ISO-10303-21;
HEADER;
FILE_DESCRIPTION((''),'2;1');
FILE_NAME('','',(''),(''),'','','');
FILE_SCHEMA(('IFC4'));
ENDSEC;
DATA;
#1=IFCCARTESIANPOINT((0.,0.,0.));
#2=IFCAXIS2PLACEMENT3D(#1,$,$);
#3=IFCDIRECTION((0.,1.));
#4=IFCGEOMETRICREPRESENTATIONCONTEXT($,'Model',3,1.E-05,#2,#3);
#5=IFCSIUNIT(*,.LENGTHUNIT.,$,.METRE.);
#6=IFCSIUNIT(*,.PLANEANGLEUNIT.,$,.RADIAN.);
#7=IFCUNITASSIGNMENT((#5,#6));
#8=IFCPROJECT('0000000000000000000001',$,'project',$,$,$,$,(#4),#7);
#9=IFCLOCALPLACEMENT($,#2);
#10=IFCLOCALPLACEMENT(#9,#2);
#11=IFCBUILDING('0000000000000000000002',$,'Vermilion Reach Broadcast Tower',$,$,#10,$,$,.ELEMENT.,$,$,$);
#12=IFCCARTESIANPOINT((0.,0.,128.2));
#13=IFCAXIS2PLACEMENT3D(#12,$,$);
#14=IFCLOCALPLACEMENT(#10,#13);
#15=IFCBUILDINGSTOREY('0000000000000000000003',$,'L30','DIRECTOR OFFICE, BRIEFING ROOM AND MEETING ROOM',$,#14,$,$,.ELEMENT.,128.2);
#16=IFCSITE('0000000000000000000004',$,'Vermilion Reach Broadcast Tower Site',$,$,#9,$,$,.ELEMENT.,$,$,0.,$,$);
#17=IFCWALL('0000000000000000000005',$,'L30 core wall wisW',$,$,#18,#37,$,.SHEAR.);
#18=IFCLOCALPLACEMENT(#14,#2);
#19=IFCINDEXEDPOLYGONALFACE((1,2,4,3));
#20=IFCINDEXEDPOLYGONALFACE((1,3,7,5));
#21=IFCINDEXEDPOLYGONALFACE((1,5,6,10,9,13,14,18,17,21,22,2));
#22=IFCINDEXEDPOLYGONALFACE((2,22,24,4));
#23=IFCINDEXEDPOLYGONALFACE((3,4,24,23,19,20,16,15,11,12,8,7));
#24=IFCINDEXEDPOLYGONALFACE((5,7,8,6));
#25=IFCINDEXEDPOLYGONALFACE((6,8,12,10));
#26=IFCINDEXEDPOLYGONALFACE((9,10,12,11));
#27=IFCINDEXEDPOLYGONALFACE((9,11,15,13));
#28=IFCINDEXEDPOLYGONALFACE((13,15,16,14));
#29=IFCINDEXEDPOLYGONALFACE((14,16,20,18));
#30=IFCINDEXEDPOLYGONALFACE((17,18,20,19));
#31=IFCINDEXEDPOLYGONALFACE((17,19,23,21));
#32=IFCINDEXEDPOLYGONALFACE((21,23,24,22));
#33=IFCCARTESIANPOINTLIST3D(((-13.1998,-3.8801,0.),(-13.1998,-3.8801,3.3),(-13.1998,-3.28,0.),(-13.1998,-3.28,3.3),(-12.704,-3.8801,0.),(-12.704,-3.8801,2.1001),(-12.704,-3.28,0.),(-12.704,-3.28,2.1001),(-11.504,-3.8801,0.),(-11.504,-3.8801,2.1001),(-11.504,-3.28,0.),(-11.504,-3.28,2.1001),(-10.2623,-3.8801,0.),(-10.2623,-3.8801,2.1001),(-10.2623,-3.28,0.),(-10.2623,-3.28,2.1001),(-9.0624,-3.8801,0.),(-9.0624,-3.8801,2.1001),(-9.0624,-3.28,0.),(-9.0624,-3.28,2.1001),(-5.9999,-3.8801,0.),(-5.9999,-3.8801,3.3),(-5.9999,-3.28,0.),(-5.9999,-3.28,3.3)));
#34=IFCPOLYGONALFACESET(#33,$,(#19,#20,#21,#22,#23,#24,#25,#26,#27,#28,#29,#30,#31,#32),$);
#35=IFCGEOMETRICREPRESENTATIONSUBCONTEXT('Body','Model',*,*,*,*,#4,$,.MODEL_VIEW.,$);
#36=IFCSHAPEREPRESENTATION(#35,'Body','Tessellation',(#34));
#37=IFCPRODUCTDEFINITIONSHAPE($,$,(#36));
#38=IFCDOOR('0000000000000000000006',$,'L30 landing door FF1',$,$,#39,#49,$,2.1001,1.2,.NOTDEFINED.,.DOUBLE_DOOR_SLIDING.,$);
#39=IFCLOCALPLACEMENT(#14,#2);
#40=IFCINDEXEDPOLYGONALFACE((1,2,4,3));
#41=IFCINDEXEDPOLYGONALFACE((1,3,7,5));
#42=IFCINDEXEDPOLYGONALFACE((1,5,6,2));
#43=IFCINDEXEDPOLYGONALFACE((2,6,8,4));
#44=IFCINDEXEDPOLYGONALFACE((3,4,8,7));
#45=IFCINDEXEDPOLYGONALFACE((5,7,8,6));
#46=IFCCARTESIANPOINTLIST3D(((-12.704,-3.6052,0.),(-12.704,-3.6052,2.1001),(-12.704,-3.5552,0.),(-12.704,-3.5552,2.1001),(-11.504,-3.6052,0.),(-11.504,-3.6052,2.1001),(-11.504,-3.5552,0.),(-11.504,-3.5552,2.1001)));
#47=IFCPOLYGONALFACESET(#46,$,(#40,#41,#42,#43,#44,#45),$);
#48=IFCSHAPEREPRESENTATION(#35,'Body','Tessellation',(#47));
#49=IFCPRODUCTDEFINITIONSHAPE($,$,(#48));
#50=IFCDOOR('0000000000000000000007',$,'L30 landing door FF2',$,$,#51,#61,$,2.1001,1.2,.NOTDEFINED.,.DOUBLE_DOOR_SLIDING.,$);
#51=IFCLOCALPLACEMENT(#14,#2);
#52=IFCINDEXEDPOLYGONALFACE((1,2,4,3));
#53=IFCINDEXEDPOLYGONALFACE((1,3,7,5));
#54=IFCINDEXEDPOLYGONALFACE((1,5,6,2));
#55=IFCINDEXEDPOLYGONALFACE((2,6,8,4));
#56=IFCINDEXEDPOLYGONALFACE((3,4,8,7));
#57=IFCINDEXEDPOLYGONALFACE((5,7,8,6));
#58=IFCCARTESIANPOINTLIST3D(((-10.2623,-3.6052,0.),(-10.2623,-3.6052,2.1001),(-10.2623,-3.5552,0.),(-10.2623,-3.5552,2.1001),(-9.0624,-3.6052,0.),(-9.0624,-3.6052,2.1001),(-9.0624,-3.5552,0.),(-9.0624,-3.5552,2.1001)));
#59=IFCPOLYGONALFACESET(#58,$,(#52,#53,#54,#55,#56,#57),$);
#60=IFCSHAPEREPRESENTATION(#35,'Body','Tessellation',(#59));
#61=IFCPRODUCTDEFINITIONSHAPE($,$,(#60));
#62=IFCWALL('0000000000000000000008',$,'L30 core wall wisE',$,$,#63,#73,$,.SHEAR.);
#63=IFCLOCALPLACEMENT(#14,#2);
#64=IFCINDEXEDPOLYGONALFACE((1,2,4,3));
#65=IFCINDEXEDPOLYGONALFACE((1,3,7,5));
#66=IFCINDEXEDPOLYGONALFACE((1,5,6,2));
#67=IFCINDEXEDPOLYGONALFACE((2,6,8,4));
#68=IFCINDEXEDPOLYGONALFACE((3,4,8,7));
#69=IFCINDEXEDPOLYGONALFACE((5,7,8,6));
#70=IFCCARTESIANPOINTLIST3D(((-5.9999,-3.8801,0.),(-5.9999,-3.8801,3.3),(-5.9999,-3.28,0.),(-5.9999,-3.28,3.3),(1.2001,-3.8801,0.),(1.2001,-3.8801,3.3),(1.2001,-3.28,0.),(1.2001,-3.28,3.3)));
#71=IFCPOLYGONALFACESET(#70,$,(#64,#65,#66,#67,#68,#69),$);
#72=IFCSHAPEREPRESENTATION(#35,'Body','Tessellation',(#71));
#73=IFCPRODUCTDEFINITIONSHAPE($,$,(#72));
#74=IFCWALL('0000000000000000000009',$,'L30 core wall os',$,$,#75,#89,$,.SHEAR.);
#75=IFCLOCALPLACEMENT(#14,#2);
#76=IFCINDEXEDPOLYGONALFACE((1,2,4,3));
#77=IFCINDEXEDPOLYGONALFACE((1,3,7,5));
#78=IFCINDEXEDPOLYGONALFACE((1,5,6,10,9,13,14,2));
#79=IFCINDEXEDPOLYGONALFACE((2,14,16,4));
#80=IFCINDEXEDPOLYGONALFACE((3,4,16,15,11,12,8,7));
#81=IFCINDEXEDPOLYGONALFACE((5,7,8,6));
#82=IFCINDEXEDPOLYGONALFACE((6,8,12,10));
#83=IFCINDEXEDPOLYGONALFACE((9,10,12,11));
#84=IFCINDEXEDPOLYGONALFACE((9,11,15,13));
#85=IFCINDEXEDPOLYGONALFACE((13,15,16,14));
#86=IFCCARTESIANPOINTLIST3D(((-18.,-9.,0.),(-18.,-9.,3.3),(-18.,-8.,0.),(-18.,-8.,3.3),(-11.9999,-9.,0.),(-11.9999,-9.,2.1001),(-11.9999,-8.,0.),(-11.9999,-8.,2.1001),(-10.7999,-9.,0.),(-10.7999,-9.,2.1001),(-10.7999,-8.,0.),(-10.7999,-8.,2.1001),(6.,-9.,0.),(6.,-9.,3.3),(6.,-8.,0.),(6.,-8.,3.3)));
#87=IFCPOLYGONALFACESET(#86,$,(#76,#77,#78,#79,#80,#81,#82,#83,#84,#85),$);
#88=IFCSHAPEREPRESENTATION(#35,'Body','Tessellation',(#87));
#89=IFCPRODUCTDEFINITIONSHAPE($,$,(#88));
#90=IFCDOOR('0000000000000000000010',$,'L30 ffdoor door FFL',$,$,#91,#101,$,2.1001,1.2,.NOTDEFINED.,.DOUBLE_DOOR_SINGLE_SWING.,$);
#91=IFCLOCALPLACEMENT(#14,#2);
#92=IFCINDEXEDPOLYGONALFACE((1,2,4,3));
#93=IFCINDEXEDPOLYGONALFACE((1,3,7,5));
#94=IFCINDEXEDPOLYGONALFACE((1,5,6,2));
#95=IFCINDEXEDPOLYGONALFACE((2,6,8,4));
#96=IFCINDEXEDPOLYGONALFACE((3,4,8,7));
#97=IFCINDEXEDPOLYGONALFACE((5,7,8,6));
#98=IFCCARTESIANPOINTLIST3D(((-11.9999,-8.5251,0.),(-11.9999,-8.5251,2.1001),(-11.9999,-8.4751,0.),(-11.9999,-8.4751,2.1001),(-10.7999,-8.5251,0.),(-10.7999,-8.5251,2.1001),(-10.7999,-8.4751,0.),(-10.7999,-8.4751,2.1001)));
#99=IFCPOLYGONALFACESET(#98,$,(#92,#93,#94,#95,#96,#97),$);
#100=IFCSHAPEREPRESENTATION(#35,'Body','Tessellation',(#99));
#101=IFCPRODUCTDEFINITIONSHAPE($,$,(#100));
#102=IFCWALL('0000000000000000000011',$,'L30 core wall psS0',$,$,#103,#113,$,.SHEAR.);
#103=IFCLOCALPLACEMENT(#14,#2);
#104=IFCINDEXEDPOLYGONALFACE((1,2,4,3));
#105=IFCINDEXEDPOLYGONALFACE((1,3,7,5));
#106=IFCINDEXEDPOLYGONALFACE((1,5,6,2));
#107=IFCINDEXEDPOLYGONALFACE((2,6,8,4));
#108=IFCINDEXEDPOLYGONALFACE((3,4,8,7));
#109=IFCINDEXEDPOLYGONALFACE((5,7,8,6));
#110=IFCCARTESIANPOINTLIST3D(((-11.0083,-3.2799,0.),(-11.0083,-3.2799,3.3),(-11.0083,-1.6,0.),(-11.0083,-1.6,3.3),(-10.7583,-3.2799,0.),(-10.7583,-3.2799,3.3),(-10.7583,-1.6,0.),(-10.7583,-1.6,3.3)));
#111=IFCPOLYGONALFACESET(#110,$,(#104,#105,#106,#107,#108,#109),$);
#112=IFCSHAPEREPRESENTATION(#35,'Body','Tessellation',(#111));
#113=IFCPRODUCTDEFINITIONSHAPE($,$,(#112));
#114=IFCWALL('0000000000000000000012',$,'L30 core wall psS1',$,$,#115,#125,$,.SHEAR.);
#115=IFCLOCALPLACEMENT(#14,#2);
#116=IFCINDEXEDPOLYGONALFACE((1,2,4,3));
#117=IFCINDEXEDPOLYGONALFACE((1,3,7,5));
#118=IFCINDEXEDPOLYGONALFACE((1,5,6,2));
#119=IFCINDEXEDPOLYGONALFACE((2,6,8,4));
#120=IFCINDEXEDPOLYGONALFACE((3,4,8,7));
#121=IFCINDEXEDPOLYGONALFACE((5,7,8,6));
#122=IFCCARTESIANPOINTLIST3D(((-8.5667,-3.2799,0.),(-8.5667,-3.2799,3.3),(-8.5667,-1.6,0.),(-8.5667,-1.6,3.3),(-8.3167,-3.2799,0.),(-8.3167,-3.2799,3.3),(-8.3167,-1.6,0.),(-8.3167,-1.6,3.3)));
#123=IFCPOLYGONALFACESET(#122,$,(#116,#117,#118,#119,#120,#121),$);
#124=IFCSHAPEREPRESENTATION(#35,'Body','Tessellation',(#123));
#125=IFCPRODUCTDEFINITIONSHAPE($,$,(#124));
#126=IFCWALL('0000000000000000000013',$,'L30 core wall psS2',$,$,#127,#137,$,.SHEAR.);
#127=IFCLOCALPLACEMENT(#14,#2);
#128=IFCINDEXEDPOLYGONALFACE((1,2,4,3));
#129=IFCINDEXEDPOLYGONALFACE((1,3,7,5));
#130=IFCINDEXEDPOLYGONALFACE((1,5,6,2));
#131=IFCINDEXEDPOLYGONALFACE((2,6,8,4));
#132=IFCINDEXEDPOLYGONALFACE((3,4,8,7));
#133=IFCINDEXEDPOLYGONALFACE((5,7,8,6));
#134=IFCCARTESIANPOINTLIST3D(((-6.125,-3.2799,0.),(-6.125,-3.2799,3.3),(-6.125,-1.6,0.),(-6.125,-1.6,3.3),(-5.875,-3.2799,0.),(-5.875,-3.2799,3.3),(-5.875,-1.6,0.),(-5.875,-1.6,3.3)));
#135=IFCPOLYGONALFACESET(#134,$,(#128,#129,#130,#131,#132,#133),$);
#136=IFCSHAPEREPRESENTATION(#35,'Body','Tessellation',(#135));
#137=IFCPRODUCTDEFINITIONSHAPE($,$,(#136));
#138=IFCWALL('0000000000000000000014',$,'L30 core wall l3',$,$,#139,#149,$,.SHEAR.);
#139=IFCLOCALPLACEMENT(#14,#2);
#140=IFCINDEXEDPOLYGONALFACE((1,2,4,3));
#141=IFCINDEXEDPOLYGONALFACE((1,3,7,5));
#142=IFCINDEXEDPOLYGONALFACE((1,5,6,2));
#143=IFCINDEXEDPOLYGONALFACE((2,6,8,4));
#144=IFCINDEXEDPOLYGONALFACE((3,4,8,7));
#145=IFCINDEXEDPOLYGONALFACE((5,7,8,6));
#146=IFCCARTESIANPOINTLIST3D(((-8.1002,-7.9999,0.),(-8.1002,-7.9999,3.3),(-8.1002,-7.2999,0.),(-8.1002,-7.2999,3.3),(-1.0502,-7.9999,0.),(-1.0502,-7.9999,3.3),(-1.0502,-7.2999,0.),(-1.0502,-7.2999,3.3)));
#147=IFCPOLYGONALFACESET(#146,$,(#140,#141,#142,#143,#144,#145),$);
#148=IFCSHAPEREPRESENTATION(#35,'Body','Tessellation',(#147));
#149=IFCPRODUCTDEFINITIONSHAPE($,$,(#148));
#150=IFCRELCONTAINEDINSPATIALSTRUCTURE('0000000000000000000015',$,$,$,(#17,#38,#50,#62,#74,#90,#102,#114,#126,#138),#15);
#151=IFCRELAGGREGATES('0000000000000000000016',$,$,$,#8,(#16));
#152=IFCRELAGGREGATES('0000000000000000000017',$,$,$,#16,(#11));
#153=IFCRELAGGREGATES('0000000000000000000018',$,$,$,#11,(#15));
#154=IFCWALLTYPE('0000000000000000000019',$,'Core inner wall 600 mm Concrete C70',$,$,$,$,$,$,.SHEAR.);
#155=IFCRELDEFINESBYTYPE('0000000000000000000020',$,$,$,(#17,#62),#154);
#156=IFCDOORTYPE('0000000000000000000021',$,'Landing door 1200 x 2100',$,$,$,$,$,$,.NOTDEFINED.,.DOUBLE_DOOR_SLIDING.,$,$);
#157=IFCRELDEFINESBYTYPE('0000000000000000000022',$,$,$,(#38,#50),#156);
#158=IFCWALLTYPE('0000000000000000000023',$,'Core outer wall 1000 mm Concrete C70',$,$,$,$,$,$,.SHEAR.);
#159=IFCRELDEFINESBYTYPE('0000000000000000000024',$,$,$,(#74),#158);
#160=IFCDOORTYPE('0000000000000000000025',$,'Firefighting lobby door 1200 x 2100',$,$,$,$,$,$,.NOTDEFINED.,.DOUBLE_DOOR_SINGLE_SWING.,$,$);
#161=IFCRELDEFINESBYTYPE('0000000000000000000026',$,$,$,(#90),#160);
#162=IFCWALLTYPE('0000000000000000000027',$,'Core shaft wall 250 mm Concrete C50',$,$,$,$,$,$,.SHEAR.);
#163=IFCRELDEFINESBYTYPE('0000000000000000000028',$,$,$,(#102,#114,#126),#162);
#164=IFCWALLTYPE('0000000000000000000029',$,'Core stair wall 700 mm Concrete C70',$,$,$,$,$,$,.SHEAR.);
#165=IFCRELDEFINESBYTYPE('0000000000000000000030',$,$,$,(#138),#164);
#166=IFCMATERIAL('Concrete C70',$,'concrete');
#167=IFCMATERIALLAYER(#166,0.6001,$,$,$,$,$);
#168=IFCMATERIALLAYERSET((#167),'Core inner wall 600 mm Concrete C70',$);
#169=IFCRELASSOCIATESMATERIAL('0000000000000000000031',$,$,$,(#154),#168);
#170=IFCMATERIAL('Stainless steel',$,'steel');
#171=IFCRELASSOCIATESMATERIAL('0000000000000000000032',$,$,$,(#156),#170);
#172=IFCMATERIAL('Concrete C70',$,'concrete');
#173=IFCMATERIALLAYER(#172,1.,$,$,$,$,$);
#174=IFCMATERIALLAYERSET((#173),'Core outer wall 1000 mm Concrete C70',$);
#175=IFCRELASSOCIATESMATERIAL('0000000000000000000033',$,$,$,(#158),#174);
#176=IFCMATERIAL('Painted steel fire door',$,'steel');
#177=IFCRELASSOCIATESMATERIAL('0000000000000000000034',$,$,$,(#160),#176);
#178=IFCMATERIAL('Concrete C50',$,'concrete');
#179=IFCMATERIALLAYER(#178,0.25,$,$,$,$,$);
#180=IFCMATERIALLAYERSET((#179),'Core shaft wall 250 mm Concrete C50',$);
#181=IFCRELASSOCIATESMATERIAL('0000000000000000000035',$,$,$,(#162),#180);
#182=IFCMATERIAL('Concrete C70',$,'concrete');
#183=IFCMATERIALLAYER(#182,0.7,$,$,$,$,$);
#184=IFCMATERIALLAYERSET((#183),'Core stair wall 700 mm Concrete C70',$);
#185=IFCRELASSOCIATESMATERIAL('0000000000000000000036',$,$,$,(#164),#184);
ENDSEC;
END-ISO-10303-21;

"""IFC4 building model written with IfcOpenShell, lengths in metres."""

from ifc_helpers import new_model, si_unit, direction, frame, frame_2d, origin, place, context, subcontext, project, spatial, rectangle, extrude, material, layer, layer_set, type_object, element, fill, save


model = new_model("IFC4")

# Units and contexts
model_context = context("Model", 3, precision=1e-05, world=origin(), true_north=direction((0.0, 1.0)))
body_context = subcontext(model_context, "Body", "Model", "MODEL_VIEW")
ifc_project = project(units=[si_unit("LENGTHUNIT", "METRE"), si_unit("PLANEANGLEUNIT", "RADIAN")], contexts=[model_context])

# Site, building, storey
site_placement = place(None, origin())
site = spatial("IfcSite", under=ifc_project, at=site_placement, Name="Vermilion Reach Broadcast Tower Site", CompositionType="ELEMENT", RefElevation=0.0)
building_placement = place(site_placement, origin())
building = spatial("IfcBuilding", under=site, at=building_placement, Name="Vermilion Reach Broadcast Tower", CompositionType="ELEMENT")
storey_placement = place(building_placement, frame((0.0, 0.0, 128.2)))
storey = spatial("IfcBuildingStorey", under=building, at=storey_placement, Name="L30", Description="DIRECTOR OFFICE, BRIEFING ROOM AND MEETING ROOM", CompositionType="ELEMENT", Elevation=128.2)

# Wall, openings, doors
ifc_material_1 = material(Name="Concrete C70", Category="concrete")
ifc_layer_1 = layer(ifc_material_1, 0.6001)
ifc_layer_set_1 = layer_set([ifc_layer_1], Name="Core inner wall 600 mm Concrete C70")
wall_type_1 = type_object("IfcWallType", Name="Core inner wall 600 mm Concrete C70", PredefinedType="SHEAR", material=ifc_layer_set_1)
wall_1_placement = place(storey_placement, frame((-13.2, -3.5801, 0.0), z_axis=(0.0, 0.0, 1.0), x_axis=(1.0, 0.0, 0.0)))
wall_1 = element("IfcWall", 1, at=wall_1_placement, inside=storey, type_object=wall_type_1, Name="L30 core wall wisW", PredefinedType="SHEAR", context=body_context, shape_type="SweptSolid", body=[
    extrude(rectangle(XDim=7.2, YDim=0.6001, at=frame_2d((3.6001, 0.0))), origin(), (0.0, 0.0, 1.0), 3.3),
])
opening_1_placement = place(wall_1_placement, frame((0.4958, 0.0, 0.0)))
opening_1 = element("IfcOpeningElement", 2, at=opening_1_placement, cuts=wall_1, PredefinedType="OPENING", context=body_context, shape_type="SweptSolid", body=[
    extrude(rectangle(XDim=1.2, YDim=2.1001, at=frame_2d((0.6001, 1.05))), frame((0.0, 0.3101, 0.0), z_axis=(0.0, -1.0, 0.0), x_axis=(1.0, 0.0, 0.0)), (0.0, 0.0, 1.0), 0.6201),
])
opening_2_placement = place(wall_1_placement, frame((2.9375, 0.0, 0.0)))
opening_2 = element("IfcOpeningElement", 3, at=opening_2_placement, cuts=wall_1, PredefinedType="OPENING", context=body_context, shape_type="SweptSolid", body=[
    extrude(rectangle(XDim=1.2, YDim=2.1001, at=frame_2d((0.6001, 1.05))), frame((0.0, 0.3101, 0.0), z_axis=(0.0, -1.0, 0.0), x_axis=(1.0, 0.0, 0.0)), (0.0, 0.0, 1.0), 0.6201),
])
ifc_material_2 = material(Name="Stainless steel", Category="steel")
door_type_1 = type_object("IfcDoorType", Name="Landing door 1200 x 2100", OperationType="DOUBLE_DOOR_SLIDING", PredefinedType="NOTDEFINED", material=ifc_material_2)
door_1_placement = place(opening_1_placement, origin())
door_1 = element("IfcDoor", 4, at=door_1_placement, inside=storey, type_object=door_type_1, Name="L30 landing door FF1", OperationType="DOUBLE_DOOR_SLIDING", OverallHeight=2.1001, OverallWidth=1.2, PredefinedType="NOTDEFINED", context=body_context, shape_type="SweptSolid", body=[
    extrude(rectangle(XDim=1.2, YDim=2.1001, at=frame_2d((0.6001, 1.05))), frame((0.0, 0.0249, 0.0), z_axis=(0.0, -1.0, 0.0), x_axis=(1.0, 0.0, 0.0)), (0.0, 0.0, 1.0), 0.05),
])
fill(opening_1, door_1)
door_2_placement = place(opening_2_placement, origin())
door_2 = element("IfcDoor", 5, at=door_2_placement, inside=storey, type_object=door_type_1, Name="L30 landing door FF2", OperationType="DOUBLE_DOOR_SLIDING", OverallHeight=2.1001, OverallWidth=1.2, PredefinedType="NOTDEFINED", context=body_context, shape_type="SweptSolid", body=[
    extrude(rectangle(XDim=1.2, YDim=2.1001, at=frame_2d((0.6001, 1.05))), frame((0.0, 0.0249, 0.0), z_axis=(0.0, -1.0, 0.0), x_axis=(1.0, 0.0, 0.0)), (0.0, 0.0, 1.0), 0.05),
])
fill(opening_2, door_2)

# Wall
wall_2_placement = place(storey_placement, frame((-6.0, -3.5801, 0.0), z_axis=(0.0, 0.0, 1.0), x_axis=(1.0, 0.0, 0.0)))
element("IfcWall", 6, at=wall_2_placement, inside=storey, type_object=wall_type_1, Name="L30 core wall wisE", PredefinedType="SHEAR", context=body_context, shape_type="SweptSolid", body=[
    extrude(rectangle(XDim=7.2, YDim=0.6001, at=frame_2d((3.6001, 0.0))), origin(), (0.0, 0.0, 1.0), 3.3),
])

# Wall, opening, door
ifc_material_3 = material(Name="Concrete C70", Category="concrete")
ifc_layer_2 = layer(ifc_material_3, 1.0)
ifc_layer_set_2 = layer_set([ifc_layer_2], Name="Core outer wall 1000 mm Concrete C70")
wall_type_2 = type_object("IfcWallType", Name="Core outer wall 1000 mm Concrete C70", PredefinedType="SHEAR", material=ifc_layer_set_2)
wall_3_placement = place(storey_placement, frame((-18.0, -8.5, 0.0), z_axis=(0.0, 0.0, 1.0), x_axis=(1.0, 0.0, 0.0)))
wall_3 = element("IfcWall", 7, at=wall_3_placement, inside=storey, type_object=wall_type_2, Name="L30 core wall os", PredefinedType="SHEAR", context=body_context, shape_type="SweptSolid", body=[
    extrude(rectangle(XDim=24.0, YDim=1.0, at=frame_2d((12.0, 0.0))), origin(), (0.0, 0.0, 1.0), 3.3),
])
opening_3_placement = place(wall_3_placement, frame((6.0, 0.0, 0.0)))
opening_3 = element("IfcOpeningElement", 8, at=opening_3_placement, cuts=wall_3, PredefinedType="OPENING", context=body_context, shape_type="SweptSolid", body=[
    extrude(rectangle(XDim=1.2, YDim=2.1001, at=frame_2d((0.6001, 1.05))), frame((0.0, 0.51, 0.0), z_axis=(0.0, -1.0, 0.0), x_axis=(1.0, 0.0, 0.0)), (0.0, 0.0, 1.0), 1.02),
])
ifc_material_4 = material(Name="Painted steel fire door", Category="steel")
door_type_2 = type_object("IfcDoorType", Name="Firefighting lobby door 1200 x 2100", OperationType="DOUBLE_DOOR_SINGLE_SWING", PredefinedType="NOTDEFINED", material=ifc_material_4)
door_3_placement = place(opening_3_placement, origin())
door_3 = element("IfcDoor", 9, at=door_3_placement, inside=storey, type_object=door_type_2, Name="L30 ffdoor door FFL", OperationType="DOUBLE_DOOR_SINGLE_SWING", OverallHeight=2.1001, OverallWidth=1.2, PredefinedType="NOTDEFINED", context=body_context, shape_type="SweptSolid", body=[
    extrude(rectangle(XDim=1.2, YDim=2.1001, at=frame_2d((0.6001, 1.05))), frame((0.0, 0.0249, 0.0), z_axis=(0.0, -1.0, 0.0), x_axis=(1.0, 0.0, 0.0)), (0.0, 0.0, 1.0), 0.05),
])
fill(opening_3, door_3)

# Walls
ifc_material_5 = material(Name="Concrete C50", Category="concrete")
ifc_layer_3 = layer(ifc_material_5, 0.25)
ifc_layer_set_3 = layer_set([ifc_layer_3], Name="Core shaft wall 250 mm Concrete C50")
wall_type_3 = type_object("IfcWallType", Name="Core shaft wall 250 mm Concrete C50", PredefinedType="SHEAR", material=ifc_layer_set_3)
for number, where, z_axis, x_axis, name in (
    (10, (-10.8833, -1.6001, 0.0), (0.0, 0.0, 1.0), (0.0, -1.0, 0.0), "L30 core wall psS0"),
    (11, (-8.4417, -1.6001, 0.0), (0.0, 0.0, 1.0), (0.0, -1.0, 0.0), "L30 core wall psS1"),
    (12, (-6.0, -1.6001, 0.0), (0.0, 0.0, 1.0), (0.0, -1.0, 0.0), "L30 core wall psS2"),
):
    element("IfcWall", number, at=place(storey_placement, frame(where, z_axis=z_axis, x_axis=x_axis)), inside=storey, type_object=wall_type_3, Name=name, PredefinedType="SHEAR", context=body_context, shape_type="SweptSolid", body=[
        extrude(rectangle(XDim=1.6799, YDim=0.25, at=frame_2d((0.8398, 0.0))), origin(), (0.0, 0.0, 1.0), 3.3),
    ])
ifc_material_6 = material(Name="Concrete C70", Category="concrete")
ifc_layer_4 = layer(ifc_material_6, 0.7)
ifc_layer_set_4 = layer_set([ifc_layer_4], Name="Core stair wall 700 mm Concrete C70")
wall_type_4 = type_object("IfcWallType", Name="Core stair wall 700 mm Concrete C70", PredefinedType="SHEAR", material=ifc_layer_set_4)
wall_4_placement = place(storey_placement, frame((-8.1001, -7.6499, 0.0), z_axis=(0.0, 0.0, 1.0), x_axis=(1.0, 0.0, 0.0)))
element("IfcWall", 13, at=wall_4_placement, inside=storey, type_object=wall_type_4, Name="L30 core wall l3", PredefinedType="SHEAR", context=body_context, shape_type="SweptSolid", body=[
    extrude(rectangle(XDim=7.05, YDim=0.7, at=frame_2d((3.5249, 0.0))), origin(), (0.0, 0.0, 1.0), 3.3),
])

save(model, "model.ifc")
